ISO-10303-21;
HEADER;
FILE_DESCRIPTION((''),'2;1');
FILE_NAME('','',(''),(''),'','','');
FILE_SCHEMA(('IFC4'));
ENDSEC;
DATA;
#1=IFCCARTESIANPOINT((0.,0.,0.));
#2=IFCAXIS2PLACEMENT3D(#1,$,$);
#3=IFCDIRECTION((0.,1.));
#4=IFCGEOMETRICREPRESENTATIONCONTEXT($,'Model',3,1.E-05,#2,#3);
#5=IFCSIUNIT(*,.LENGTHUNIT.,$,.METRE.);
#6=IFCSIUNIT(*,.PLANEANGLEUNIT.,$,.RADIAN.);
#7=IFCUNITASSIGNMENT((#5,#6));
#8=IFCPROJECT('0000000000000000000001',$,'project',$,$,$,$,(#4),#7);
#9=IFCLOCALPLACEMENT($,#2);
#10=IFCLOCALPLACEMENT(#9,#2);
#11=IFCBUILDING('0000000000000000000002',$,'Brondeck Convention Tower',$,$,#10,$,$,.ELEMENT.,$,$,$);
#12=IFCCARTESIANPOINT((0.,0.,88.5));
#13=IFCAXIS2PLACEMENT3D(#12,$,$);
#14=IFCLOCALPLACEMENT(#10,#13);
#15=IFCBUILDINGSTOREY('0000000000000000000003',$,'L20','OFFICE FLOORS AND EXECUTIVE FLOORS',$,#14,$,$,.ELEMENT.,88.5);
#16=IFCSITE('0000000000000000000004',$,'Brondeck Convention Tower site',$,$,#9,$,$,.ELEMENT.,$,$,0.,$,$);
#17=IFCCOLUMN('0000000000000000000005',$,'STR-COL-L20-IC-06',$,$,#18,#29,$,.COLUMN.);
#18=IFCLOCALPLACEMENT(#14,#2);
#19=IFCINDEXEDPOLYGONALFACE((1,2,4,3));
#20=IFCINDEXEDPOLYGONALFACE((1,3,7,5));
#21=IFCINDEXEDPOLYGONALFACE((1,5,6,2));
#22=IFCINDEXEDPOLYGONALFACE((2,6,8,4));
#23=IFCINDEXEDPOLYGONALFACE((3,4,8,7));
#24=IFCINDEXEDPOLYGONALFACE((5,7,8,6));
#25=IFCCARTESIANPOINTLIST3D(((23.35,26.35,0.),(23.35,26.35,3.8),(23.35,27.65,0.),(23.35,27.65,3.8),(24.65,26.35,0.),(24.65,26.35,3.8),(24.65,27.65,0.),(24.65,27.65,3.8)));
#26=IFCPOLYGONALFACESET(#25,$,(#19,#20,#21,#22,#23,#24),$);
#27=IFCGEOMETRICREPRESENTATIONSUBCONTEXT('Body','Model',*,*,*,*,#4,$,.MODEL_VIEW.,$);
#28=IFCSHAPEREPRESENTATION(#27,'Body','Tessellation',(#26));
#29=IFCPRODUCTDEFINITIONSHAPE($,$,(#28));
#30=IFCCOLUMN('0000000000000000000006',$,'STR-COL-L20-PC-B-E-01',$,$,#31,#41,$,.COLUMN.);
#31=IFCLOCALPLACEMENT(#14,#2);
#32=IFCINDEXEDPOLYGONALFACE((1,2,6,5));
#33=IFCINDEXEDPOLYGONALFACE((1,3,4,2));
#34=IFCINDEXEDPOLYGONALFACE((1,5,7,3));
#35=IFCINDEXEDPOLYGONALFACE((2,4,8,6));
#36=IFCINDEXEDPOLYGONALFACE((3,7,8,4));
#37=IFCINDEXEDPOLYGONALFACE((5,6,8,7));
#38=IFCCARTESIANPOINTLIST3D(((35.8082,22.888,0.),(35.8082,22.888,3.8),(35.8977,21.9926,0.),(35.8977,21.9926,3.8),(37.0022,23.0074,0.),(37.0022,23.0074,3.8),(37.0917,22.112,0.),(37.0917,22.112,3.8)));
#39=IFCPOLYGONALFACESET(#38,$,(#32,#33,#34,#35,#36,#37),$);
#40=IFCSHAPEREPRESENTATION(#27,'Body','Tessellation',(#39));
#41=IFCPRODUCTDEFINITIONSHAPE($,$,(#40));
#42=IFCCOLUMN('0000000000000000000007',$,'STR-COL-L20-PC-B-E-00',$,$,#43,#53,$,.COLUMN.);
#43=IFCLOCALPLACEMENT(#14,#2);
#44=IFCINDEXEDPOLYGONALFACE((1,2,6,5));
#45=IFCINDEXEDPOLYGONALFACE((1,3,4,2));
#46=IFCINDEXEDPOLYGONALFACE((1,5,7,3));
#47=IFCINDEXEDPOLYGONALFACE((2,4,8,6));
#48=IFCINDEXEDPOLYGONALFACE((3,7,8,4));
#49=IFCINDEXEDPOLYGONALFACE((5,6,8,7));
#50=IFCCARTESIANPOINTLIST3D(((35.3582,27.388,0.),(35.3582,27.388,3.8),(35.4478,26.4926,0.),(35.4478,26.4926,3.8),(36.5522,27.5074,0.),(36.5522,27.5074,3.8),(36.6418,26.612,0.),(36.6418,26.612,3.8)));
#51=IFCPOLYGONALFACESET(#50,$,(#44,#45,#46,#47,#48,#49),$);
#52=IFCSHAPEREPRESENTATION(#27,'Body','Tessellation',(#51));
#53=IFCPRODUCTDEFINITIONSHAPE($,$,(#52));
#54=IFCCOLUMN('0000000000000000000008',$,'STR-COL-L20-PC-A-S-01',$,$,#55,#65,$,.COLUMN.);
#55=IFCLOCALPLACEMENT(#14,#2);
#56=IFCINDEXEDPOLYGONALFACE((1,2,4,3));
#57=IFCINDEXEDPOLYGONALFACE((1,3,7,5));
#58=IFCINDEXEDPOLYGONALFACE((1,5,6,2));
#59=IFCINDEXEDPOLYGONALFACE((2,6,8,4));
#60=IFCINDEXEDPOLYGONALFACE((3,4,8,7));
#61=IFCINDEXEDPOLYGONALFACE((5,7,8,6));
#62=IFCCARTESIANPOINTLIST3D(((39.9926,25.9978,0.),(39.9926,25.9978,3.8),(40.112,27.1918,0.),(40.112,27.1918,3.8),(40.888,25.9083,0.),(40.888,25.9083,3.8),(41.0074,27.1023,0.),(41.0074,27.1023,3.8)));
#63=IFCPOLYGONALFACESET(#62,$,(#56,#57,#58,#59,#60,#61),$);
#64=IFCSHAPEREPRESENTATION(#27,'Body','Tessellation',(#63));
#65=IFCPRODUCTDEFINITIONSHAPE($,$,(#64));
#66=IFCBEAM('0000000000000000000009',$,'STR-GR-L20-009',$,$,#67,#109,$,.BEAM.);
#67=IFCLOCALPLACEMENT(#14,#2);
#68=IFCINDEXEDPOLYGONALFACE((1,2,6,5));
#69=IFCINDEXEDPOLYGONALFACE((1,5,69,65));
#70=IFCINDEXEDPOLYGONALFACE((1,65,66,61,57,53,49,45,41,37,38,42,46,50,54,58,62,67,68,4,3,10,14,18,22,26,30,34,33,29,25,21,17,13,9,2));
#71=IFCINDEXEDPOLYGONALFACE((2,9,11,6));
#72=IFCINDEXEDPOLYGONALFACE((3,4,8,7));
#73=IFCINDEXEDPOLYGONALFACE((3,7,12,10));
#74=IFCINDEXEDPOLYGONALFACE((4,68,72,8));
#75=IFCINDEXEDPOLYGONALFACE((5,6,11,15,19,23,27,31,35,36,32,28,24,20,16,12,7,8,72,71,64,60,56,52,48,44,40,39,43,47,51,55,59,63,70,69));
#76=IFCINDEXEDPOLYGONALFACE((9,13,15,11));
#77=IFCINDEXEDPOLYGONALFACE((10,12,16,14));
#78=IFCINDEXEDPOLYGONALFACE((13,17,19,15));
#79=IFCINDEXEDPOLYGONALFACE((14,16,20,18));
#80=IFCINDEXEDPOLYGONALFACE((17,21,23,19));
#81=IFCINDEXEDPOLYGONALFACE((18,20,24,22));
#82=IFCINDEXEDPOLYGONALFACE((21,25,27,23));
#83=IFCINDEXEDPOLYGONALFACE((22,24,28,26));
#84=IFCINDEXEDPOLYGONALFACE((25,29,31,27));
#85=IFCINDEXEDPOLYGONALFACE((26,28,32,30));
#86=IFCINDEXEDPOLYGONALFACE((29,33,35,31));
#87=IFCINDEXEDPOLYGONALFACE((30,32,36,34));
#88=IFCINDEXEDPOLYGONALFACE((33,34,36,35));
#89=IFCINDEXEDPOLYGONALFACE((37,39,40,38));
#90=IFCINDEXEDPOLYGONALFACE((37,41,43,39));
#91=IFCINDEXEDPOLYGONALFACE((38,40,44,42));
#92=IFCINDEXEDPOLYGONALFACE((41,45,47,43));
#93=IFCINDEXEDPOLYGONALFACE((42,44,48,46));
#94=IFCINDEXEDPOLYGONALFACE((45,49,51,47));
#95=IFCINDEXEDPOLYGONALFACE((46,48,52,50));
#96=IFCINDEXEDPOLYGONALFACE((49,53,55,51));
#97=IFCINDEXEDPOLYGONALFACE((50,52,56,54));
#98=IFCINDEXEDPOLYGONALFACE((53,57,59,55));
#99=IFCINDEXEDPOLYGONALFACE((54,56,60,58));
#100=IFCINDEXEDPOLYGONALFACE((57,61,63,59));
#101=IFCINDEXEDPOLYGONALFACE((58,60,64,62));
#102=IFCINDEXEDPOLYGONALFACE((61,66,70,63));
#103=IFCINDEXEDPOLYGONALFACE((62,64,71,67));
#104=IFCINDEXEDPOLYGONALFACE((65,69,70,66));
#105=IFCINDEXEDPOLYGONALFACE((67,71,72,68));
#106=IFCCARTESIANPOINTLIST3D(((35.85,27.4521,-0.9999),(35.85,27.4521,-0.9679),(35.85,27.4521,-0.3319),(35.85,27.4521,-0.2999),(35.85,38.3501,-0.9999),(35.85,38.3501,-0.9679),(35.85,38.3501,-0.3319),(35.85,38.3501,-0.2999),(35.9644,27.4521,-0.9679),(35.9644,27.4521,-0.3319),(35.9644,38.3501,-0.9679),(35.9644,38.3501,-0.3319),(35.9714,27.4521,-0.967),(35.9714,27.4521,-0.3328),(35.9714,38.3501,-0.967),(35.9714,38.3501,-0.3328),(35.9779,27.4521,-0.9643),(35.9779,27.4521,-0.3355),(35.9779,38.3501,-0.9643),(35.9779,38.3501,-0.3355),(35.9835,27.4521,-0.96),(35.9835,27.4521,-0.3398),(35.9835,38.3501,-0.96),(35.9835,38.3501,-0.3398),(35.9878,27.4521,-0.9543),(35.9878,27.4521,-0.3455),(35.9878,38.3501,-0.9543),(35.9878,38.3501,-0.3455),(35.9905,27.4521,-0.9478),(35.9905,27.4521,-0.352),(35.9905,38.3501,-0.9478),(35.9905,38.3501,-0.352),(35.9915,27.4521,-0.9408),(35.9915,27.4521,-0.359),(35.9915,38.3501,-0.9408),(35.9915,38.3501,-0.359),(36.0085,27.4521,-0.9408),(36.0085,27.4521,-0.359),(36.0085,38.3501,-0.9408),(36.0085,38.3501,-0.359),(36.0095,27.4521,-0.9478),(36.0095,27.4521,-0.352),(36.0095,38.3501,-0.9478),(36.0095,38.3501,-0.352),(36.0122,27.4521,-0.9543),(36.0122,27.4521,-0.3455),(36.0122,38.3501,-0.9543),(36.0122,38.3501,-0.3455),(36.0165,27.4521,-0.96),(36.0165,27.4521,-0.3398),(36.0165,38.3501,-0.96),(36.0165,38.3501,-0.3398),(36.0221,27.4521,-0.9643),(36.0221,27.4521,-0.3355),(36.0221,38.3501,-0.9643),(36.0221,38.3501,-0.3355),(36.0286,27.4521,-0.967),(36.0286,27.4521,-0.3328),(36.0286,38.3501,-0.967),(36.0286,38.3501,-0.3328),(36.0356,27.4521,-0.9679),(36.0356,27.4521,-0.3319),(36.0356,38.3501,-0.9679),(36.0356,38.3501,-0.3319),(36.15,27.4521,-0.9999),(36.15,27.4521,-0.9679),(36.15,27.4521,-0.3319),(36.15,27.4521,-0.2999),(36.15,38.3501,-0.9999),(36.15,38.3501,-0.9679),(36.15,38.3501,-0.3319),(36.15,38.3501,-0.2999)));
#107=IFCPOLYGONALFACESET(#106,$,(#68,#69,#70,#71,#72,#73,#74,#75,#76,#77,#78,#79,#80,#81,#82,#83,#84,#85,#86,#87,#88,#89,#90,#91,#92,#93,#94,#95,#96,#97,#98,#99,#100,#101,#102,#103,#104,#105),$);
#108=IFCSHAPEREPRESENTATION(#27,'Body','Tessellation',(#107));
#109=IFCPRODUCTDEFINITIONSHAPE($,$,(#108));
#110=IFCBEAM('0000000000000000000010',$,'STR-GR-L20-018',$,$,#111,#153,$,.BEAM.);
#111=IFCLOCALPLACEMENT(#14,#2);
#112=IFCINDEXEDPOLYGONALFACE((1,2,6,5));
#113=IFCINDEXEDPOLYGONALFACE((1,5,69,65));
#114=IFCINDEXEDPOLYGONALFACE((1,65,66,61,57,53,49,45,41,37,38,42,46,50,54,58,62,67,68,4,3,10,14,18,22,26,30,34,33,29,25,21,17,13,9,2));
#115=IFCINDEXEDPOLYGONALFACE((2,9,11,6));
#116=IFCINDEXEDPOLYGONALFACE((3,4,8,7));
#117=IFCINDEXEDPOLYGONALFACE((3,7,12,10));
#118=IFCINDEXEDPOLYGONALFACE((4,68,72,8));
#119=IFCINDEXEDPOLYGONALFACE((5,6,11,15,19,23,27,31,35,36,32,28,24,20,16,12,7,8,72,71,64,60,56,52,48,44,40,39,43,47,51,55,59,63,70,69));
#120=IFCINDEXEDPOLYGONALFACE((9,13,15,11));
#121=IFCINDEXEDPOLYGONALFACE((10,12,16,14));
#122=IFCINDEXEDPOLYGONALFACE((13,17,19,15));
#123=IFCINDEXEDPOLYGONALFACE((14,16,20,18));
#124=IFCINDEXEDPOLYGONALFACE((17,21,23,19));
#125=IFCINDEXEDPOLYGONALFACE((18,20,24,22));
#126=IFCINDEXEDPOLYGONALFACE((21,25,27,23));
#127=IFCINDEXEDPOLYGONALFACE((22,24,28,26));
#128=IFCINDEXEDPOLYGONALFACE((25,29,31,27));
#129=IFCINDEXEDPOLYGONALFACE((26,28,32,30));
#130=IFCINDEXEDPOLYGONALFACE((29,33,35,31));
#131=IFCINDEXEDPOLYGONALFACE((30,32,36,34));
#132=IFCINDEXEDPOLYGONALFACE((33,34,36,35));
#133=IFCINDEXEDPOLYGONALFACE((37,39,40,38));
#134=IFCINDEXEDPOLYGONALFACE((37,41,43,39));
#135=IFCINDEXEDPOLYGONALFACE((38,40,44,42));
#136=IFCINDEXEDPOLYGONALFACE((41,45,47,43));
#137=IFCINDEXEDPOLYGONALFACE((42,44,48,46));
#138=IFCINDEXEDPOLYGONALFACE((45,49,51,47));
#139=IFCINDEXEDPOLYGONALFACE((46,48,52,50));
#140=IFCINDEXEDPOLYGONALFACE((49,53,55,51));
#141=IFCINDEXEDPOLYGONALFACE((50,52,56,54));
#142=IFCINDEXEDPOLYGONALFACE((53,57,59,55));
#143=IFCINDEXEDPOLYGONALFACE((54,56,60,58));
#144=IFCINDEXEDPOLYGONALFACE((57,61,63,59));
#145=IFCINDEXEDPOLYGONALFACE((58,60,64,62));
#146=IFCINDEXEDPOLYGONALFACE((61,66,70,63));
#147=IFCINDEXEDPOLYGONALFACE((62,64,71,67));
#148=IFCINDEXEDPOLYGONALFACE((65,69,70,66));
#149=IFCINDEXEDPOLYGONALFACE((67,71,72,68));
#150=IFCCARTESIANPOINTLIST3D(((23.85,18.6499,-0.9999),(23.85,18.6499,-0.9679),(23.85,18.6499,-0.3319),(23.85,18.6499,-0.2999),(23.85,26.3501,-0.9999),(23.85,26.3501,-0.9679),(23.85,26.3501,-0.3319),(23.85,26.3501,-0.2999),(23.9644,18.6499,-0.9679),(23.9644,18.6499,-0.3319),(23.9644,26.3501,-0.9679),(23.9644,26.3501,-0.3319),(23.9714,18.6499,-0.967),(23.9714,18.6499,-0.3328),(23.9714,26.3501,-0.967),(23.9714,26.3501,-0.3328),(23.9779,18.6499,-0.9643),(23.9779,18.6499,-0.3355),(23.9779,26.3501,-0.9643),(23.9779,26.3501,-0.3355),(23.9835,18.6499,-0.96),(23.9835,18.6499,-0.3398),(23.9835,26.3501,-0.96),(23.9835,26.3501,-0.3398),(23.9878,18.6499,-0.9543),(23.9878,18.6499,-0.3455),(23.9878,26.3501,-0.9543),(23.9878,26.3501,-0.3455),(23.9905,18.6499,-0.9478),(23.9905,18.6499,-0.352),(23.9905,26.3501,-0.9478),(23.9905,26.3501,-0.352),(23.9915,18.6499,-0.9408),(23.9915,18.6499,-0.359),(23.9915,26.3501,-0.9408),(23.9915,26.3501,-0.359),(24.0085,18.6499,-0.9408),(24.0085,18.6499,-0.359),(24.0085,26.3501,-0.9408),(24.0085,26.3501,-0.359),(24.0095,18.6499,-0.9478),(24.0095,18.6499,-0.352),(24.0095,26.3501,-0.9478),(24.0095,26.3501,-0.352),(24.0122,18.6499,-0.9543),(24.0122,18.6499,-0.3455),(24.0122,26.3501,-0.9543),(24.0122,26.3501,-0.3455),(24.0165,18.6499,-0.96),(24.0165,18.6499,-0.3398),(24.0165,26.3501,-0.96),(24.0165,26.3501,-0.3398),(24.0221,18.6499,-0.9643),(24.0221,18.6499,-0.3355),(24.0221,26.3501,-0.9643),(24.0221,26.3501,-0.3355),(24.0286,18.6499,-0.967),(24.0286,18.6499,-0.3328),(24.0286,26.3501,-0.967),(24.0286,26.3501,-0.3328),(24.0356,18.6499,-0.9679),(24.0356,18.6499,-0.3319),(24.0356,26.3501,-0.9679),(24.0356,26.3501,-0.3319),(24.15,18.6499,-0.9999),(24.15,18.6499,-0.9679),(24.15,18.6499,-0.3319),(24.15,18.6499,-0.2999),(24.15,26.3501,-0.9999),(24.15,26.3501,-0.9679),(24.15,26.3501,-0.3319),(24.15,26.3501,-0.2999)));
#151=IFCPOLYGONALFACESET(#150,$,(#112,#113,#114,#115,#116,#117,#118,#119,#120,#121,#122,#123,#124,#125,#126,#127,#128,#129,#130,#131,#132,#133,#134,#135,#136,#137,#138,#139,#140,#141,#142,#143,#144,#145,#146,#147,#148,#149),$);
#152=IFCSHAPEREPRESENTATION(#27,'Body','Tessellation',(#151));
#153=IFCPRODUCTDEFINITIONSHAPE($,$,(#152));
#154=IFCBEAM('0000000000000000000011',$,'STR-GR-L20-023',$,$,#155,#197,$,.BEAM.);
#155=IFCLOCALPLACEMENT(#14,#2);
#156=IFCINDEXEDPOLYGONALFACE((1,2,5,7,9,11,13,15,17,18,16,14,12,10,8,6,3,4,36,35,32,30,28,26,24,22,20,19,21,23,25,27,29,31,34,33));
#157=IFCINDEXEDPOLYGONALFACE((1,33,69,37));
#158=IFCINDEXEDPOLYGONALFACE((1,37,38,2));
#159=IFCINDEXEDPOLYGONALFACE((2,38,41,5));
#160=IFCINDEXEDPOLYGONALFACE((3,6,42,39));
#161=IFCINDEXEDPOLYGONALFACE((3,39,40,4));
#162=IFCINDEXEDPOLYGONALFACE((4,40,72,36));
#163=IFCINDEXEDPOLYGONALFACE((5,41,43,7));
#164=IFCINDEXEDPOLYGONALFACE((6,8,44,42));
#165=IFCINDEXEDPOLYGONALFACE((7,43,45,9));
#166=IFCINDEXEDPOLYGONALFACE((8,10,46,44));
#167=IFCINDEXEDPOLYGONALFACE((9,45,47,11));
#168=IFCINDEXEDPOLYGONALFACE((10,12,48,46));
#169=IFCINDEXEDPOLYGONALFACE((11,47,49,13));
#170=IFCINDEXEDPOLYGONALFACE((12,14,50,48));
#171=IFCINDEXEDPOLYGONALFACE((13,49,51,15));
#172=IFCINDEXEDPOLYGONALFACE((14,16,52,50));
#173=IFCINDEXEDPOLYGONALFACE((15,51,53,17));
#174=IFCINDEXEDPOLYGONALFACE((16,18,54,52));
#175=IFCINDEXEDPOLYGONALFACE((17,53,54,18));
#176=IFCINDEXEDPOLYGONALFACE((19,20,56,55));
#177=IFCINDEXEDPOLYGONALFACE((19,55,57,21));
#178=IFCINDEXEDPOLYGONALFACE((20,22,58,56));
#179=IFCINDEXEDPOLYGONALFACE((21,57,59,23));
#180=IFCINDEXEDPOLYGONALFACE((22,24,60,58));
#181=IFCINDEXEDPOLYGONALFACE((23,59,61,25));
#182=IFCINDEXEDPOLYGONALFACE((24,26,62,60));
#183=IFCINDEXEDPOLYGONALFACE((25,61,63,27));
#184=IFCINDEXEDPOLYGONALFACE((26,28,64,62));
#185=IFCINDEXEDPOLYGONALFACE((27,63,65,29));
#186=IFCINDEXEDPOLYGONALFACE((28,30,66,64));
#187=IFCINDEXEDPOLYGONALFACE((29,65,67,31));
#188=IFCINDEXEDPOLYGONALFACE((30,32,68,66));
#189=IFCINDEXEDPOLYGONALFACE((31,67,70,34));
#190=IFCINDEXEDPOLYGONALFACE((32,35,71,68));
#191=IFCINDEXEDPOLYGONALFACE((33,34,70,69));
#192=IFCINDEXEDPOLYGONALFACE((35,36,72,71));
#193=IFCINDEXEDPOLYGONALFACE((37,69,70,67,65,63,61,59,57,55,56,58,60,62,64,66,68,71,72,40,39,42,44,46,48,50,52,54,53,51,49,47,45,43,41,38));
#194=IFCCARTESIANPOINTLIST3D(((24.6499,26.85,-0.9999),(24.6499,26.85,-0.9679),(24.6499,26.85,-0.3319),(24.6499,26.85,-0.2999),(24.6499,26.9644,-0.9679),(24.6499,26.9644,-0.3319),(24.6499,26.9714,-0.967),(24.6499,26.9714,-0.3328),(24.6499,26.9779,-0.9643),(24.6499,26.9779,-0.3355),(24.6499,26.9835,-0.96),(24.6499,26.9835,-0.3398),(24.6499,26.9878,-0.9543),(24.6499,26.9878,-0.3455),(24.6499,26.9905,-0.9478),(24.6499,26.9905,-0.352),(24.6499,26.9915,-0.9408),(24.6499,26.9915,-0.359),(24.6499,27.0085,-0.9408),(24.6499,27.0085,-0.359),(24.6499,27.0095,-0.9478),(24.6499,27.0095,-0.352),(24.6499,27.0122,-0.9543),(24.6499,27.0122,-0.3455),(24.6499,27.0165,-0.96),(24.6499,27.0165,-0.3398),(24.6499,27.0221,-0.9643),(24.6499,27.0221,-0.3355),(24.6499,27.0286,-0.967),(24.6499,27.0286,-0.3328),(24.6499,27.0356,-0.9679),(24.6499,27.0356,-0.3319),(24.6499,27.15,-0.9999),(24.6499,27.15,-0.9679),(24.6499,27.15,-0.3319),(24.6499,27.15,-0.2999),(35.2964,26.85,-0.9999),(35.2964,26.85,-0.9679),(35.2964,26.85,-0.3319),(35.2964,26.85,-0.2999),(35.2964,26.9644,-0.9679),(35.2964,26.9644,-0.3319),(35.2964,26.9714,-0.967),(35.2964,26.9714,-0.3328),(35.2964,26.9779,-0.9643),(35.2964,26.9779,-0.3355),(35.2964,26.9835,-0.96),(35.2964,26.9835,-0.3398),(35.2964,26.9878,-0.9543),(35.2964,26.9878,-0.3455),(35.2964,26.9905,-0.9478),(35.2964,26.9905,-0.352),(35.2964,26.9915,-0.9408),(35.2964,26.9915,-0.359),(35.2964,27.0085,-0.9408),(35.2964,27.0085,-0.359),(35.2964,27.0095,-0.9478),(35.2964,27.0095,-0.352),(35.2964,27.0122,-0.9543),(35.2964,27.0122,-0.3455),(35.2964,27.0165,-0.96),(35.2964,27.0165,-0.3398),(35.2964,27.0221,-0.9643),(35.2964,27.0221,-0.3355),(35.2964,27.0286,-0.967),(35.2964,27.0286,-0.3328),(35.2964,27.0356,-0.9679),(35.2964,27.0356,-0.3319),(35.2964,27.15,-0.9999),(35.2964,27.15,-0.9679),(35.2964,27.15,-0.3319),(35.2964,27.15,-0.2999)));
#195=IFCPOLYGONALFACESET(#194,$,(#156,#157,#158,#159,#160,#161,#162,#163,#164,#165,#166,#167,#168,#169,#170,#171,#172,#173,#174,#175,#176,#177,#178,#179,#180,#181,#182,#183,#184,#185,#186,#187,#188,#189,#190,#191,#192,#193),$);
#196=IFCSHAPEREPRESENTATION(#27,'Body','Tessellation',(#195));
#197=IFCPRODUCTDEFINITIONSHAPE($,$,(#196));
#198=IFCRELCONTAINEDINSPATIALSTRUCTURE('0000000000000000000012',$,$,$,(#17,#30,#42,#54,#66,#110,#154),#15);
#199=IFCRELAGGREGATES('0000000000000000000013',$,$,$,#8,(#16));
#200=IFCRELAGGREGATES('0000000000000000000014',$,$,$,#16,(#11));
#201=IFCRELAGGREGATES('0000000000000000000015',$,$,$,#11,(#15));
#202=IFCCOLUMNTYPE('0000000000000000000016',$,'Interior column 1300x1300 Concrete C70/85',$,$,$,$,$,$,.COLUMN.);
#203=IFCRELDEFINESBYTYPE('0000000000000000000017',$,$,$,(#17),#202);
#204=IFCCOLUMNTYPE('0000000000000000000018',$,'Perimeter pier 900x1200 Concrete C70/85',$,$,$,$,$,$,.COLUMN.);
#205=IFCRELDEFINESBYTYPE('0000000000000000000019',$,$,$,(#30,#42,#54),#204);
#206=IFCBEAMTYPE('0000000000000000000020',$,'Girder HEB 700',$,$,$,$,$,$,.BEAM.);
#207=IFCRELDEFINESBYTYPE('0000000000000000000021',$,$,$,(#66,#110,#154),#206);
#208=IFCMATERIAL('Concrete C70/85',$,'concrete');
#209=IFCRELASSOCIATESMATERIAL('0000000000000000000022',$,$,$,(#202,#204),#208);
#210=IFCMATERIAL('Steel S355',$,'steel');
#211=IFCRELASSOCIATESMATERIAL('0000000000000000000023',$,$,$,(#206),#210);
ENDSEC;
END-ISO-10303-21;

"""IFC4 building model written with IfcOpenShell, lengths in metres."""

from ifc_helpers import new_model, si_unit, direction, frame, origin, origin_2d, place, context, subcontext, project, spatial, rectangle, i_section, extrude, material, material_profile, profile_set, type_object, element, save


model = new_model("IFC4")

# Units and contexts
model_context = context("Model", 3, precision=1e-05, world=origin(), true_north=direction((0.0, 1.0)))
body_context = subcontext(model_context, "Body", "Model", "MODEL_VIEW")
ifc_project = project(units=[si_unit("LENGTHUNIT", "METRE"), si_unit("PLANEANGLEUNIT", "RADIAN")], contexts=[model_context])

# Site, building, storey
site_placement = place(None, origin())
site = spatial("IfcSite", under=ifc_project, at=site_placement, Name="Brondeck Convention Tower site", CompositionType="ELEMENT", RefElevation=0.0)
building_placement = place(site_placement, origin())
building = spatial("IfcBuilding", under=site, at=building_placement, Name="Brondeck Convention Tower", CompositionType="ELEMENT")
storey_placement = place(building_placement, frame((0.0, 0.0, 88.5)))
storey = spatial("IfcBuildingStorey", under=building, at=storey_placement, Name="L20", Description="OFFICE FLOORS AND EXECUTIVE FLOORS", CompositionType="ELEMENT", Elevation=88.5)

# Columns
ifc_material_1 = material(Name="Concrete C70/85", Category="concrete")
ifc_material_profile_1 = material_profile(ifc_material_1, rectangle(XDim=1.3, YDim=1.3, at=origin_2d()), Name="Interior column 1300x1300 Concrete C70/85")
ifc_profile_set_1 = profile_set([ifc_material_profile_1], Name="Concrete C70/85")
column_type_1 = type_object("IfcColumnType", Name="Interior column 1300x1300 Concrete C70/85", PredefinedType="COLUMN", material=ifc_profile_set_1)
column_placement = place(storey_placement, frame((24.0, 27.0, 0.0), z_axis=(0.0, 0.0, 1.0), x_axis=(1.0, 0.0, 0.0)))
element("IfcColumn", 1, at=column_placement, inside=storey, type_object=column_type_1, Name="STR-COL-L20-IC-06", PredefinedType="COLUMN", context=body_context, shape_type="SweptSolid", body=[
    extrude(rectangle(XDim=1.3, YDim=1.3, at=origin_2d()), origin(), (0.0, 0.0, 1.0), 3.8),
])
ifc_material_profile_2 = material_profile(ifc_material_1, rectangle(XDim=0.8999, YDim=1.2, at=origin_2d()), Name="Perimeter pier 900x1200 Concrete C70/85")
ifc_profile_set_2 = profile_set([ifc_material_profile_2], Name="Concrete C70/85")
column_type_2 = type_object("IfcColumnType", Name="Perimeter pier 900x1200 Concrete C70/85", PredefinedType="COLUMN", material=ifc_profile_set_2)
for number, where, z_axis, x_axis, name in (
    (2, (36.45, 22.5, 0.0), (0.0, 0.0, 1.0), (-0.099504, 0.995037, 0.0), "STR-COL-L20-PC-B-E-01"),
    (3, (36.0, 27.0, 0.0), (0.0, 0.0, 1.0), (-0.099504, 0.995037, 0.0), "STR-COL-L20-PC-B-E-00"),
    (4, (40.5, 26.55, 0.0), (0.0, 0.0, 1.0), (0.995037, -0.099504, 0.0), "STR-COL-L20-PC-A-S-01"),
):
    element("IfcColumn", number, at=place(storey_placement, frame(where, z_axis=z_axis, x_axis=x_axis)), inside=storey, type_object=column_type_2, Name=name, PredefinedType="COLUMN", context=body_context, shape_type="SweptSolid", body=[
        extrude(rectangle(XDim=0.8999, YDim=1.2, at=origin_2d()), origin(), (0.0, 0.0, 1.0), 3.8),
    ])

# Beams
ifc_material_2 = material(Name="Steel S355", Category="steel")
ifc_material_profile_3 = material_profile(ifc_material_2, i_section(OverallWidth=0.3, OverallDepth=0.7, WebThickness=0.0171, FlangeThickness=0.032, FilletRadius=0.0271, at=origin_2d()), Name="HEB 700")
ifc_profile_set_3 = profile_set([ifc_material_profile_3], Name="Steel S355")
beam_type_1 = type_object("IfcBeamType", Name="Girder HEB 700", PredefinedType="BEAM", material=ifc_profile_set_3)
beam_1_placement = place(storey_placement, frame((36.0, 27.4521, -0.6499), z_axis=(0.0, 1.0, 0.0), x_axis=(-1.0, 0.0, 0.0)))
element("IfcBeam", 5, at=beam_1_placement, inside=storey, type_object=beam_type_1, Name="STR-GR-L20-009", PredefinedType="BEAM", context=body_context, shape_type="SweptSolid", body=[
    extrude(i_section(OverallWidth=0.3, OverallDepth=0.7, WebThickness=0.0171, FlangeThickness=0.032, FilletRadius=0.0271, at=origin_2d()), origin(), (0.0, 0.0, 1.0), 10.8979),
])
beam_2_placement = place(storey_placement, frame((24.0, 26.3501, -0.6499), z_axis=(0.0, -1.0, 0.0), x_axis=(1.0, 0.0, 0.0)))
element("IfcBeam", 6, at=beam_2_placement, inside=storey, type_object=beam_type_1, Name="STR-GR-L20-018", PredefinedType="BEAM", context=body_context, shape_type="SweptSolid", body=[
    extrude(i_section(OverallWidth=0.3, OverallDepth=0.7, WebThickness=0.0171, FlangeThickness=0.032, FilletRadius=0.0271, at=origin_2d()), origin(), (0.0, 0.0, 1.0), 7.7002),
])
beam_3_placement = place(storey_placement, frame((24.6499, 27.0, -0.6499), z_axis=(1.0, 0.0, 0.0), x_axis=(0.0, 1.0, 0.0)))
element("IfcBeam", 7, at=beam_3_placement, inside=storey, type_object=beam_type_1, Name="STR-GR-L20-023", PredefinedType="BEAM", context=body_context, shape_type="SweptSolid", body=[
    extrude(i_section(OverallWidth=0.3, OverallDepth=0.7, WebThickness=0.0171, FlangeThickness=0.032, FilletRadius=0.0271, at=origin_2d()), origin(), (0.0, 0.0, 1.0), 10.6465),
])

save(model, "model.ifc")
